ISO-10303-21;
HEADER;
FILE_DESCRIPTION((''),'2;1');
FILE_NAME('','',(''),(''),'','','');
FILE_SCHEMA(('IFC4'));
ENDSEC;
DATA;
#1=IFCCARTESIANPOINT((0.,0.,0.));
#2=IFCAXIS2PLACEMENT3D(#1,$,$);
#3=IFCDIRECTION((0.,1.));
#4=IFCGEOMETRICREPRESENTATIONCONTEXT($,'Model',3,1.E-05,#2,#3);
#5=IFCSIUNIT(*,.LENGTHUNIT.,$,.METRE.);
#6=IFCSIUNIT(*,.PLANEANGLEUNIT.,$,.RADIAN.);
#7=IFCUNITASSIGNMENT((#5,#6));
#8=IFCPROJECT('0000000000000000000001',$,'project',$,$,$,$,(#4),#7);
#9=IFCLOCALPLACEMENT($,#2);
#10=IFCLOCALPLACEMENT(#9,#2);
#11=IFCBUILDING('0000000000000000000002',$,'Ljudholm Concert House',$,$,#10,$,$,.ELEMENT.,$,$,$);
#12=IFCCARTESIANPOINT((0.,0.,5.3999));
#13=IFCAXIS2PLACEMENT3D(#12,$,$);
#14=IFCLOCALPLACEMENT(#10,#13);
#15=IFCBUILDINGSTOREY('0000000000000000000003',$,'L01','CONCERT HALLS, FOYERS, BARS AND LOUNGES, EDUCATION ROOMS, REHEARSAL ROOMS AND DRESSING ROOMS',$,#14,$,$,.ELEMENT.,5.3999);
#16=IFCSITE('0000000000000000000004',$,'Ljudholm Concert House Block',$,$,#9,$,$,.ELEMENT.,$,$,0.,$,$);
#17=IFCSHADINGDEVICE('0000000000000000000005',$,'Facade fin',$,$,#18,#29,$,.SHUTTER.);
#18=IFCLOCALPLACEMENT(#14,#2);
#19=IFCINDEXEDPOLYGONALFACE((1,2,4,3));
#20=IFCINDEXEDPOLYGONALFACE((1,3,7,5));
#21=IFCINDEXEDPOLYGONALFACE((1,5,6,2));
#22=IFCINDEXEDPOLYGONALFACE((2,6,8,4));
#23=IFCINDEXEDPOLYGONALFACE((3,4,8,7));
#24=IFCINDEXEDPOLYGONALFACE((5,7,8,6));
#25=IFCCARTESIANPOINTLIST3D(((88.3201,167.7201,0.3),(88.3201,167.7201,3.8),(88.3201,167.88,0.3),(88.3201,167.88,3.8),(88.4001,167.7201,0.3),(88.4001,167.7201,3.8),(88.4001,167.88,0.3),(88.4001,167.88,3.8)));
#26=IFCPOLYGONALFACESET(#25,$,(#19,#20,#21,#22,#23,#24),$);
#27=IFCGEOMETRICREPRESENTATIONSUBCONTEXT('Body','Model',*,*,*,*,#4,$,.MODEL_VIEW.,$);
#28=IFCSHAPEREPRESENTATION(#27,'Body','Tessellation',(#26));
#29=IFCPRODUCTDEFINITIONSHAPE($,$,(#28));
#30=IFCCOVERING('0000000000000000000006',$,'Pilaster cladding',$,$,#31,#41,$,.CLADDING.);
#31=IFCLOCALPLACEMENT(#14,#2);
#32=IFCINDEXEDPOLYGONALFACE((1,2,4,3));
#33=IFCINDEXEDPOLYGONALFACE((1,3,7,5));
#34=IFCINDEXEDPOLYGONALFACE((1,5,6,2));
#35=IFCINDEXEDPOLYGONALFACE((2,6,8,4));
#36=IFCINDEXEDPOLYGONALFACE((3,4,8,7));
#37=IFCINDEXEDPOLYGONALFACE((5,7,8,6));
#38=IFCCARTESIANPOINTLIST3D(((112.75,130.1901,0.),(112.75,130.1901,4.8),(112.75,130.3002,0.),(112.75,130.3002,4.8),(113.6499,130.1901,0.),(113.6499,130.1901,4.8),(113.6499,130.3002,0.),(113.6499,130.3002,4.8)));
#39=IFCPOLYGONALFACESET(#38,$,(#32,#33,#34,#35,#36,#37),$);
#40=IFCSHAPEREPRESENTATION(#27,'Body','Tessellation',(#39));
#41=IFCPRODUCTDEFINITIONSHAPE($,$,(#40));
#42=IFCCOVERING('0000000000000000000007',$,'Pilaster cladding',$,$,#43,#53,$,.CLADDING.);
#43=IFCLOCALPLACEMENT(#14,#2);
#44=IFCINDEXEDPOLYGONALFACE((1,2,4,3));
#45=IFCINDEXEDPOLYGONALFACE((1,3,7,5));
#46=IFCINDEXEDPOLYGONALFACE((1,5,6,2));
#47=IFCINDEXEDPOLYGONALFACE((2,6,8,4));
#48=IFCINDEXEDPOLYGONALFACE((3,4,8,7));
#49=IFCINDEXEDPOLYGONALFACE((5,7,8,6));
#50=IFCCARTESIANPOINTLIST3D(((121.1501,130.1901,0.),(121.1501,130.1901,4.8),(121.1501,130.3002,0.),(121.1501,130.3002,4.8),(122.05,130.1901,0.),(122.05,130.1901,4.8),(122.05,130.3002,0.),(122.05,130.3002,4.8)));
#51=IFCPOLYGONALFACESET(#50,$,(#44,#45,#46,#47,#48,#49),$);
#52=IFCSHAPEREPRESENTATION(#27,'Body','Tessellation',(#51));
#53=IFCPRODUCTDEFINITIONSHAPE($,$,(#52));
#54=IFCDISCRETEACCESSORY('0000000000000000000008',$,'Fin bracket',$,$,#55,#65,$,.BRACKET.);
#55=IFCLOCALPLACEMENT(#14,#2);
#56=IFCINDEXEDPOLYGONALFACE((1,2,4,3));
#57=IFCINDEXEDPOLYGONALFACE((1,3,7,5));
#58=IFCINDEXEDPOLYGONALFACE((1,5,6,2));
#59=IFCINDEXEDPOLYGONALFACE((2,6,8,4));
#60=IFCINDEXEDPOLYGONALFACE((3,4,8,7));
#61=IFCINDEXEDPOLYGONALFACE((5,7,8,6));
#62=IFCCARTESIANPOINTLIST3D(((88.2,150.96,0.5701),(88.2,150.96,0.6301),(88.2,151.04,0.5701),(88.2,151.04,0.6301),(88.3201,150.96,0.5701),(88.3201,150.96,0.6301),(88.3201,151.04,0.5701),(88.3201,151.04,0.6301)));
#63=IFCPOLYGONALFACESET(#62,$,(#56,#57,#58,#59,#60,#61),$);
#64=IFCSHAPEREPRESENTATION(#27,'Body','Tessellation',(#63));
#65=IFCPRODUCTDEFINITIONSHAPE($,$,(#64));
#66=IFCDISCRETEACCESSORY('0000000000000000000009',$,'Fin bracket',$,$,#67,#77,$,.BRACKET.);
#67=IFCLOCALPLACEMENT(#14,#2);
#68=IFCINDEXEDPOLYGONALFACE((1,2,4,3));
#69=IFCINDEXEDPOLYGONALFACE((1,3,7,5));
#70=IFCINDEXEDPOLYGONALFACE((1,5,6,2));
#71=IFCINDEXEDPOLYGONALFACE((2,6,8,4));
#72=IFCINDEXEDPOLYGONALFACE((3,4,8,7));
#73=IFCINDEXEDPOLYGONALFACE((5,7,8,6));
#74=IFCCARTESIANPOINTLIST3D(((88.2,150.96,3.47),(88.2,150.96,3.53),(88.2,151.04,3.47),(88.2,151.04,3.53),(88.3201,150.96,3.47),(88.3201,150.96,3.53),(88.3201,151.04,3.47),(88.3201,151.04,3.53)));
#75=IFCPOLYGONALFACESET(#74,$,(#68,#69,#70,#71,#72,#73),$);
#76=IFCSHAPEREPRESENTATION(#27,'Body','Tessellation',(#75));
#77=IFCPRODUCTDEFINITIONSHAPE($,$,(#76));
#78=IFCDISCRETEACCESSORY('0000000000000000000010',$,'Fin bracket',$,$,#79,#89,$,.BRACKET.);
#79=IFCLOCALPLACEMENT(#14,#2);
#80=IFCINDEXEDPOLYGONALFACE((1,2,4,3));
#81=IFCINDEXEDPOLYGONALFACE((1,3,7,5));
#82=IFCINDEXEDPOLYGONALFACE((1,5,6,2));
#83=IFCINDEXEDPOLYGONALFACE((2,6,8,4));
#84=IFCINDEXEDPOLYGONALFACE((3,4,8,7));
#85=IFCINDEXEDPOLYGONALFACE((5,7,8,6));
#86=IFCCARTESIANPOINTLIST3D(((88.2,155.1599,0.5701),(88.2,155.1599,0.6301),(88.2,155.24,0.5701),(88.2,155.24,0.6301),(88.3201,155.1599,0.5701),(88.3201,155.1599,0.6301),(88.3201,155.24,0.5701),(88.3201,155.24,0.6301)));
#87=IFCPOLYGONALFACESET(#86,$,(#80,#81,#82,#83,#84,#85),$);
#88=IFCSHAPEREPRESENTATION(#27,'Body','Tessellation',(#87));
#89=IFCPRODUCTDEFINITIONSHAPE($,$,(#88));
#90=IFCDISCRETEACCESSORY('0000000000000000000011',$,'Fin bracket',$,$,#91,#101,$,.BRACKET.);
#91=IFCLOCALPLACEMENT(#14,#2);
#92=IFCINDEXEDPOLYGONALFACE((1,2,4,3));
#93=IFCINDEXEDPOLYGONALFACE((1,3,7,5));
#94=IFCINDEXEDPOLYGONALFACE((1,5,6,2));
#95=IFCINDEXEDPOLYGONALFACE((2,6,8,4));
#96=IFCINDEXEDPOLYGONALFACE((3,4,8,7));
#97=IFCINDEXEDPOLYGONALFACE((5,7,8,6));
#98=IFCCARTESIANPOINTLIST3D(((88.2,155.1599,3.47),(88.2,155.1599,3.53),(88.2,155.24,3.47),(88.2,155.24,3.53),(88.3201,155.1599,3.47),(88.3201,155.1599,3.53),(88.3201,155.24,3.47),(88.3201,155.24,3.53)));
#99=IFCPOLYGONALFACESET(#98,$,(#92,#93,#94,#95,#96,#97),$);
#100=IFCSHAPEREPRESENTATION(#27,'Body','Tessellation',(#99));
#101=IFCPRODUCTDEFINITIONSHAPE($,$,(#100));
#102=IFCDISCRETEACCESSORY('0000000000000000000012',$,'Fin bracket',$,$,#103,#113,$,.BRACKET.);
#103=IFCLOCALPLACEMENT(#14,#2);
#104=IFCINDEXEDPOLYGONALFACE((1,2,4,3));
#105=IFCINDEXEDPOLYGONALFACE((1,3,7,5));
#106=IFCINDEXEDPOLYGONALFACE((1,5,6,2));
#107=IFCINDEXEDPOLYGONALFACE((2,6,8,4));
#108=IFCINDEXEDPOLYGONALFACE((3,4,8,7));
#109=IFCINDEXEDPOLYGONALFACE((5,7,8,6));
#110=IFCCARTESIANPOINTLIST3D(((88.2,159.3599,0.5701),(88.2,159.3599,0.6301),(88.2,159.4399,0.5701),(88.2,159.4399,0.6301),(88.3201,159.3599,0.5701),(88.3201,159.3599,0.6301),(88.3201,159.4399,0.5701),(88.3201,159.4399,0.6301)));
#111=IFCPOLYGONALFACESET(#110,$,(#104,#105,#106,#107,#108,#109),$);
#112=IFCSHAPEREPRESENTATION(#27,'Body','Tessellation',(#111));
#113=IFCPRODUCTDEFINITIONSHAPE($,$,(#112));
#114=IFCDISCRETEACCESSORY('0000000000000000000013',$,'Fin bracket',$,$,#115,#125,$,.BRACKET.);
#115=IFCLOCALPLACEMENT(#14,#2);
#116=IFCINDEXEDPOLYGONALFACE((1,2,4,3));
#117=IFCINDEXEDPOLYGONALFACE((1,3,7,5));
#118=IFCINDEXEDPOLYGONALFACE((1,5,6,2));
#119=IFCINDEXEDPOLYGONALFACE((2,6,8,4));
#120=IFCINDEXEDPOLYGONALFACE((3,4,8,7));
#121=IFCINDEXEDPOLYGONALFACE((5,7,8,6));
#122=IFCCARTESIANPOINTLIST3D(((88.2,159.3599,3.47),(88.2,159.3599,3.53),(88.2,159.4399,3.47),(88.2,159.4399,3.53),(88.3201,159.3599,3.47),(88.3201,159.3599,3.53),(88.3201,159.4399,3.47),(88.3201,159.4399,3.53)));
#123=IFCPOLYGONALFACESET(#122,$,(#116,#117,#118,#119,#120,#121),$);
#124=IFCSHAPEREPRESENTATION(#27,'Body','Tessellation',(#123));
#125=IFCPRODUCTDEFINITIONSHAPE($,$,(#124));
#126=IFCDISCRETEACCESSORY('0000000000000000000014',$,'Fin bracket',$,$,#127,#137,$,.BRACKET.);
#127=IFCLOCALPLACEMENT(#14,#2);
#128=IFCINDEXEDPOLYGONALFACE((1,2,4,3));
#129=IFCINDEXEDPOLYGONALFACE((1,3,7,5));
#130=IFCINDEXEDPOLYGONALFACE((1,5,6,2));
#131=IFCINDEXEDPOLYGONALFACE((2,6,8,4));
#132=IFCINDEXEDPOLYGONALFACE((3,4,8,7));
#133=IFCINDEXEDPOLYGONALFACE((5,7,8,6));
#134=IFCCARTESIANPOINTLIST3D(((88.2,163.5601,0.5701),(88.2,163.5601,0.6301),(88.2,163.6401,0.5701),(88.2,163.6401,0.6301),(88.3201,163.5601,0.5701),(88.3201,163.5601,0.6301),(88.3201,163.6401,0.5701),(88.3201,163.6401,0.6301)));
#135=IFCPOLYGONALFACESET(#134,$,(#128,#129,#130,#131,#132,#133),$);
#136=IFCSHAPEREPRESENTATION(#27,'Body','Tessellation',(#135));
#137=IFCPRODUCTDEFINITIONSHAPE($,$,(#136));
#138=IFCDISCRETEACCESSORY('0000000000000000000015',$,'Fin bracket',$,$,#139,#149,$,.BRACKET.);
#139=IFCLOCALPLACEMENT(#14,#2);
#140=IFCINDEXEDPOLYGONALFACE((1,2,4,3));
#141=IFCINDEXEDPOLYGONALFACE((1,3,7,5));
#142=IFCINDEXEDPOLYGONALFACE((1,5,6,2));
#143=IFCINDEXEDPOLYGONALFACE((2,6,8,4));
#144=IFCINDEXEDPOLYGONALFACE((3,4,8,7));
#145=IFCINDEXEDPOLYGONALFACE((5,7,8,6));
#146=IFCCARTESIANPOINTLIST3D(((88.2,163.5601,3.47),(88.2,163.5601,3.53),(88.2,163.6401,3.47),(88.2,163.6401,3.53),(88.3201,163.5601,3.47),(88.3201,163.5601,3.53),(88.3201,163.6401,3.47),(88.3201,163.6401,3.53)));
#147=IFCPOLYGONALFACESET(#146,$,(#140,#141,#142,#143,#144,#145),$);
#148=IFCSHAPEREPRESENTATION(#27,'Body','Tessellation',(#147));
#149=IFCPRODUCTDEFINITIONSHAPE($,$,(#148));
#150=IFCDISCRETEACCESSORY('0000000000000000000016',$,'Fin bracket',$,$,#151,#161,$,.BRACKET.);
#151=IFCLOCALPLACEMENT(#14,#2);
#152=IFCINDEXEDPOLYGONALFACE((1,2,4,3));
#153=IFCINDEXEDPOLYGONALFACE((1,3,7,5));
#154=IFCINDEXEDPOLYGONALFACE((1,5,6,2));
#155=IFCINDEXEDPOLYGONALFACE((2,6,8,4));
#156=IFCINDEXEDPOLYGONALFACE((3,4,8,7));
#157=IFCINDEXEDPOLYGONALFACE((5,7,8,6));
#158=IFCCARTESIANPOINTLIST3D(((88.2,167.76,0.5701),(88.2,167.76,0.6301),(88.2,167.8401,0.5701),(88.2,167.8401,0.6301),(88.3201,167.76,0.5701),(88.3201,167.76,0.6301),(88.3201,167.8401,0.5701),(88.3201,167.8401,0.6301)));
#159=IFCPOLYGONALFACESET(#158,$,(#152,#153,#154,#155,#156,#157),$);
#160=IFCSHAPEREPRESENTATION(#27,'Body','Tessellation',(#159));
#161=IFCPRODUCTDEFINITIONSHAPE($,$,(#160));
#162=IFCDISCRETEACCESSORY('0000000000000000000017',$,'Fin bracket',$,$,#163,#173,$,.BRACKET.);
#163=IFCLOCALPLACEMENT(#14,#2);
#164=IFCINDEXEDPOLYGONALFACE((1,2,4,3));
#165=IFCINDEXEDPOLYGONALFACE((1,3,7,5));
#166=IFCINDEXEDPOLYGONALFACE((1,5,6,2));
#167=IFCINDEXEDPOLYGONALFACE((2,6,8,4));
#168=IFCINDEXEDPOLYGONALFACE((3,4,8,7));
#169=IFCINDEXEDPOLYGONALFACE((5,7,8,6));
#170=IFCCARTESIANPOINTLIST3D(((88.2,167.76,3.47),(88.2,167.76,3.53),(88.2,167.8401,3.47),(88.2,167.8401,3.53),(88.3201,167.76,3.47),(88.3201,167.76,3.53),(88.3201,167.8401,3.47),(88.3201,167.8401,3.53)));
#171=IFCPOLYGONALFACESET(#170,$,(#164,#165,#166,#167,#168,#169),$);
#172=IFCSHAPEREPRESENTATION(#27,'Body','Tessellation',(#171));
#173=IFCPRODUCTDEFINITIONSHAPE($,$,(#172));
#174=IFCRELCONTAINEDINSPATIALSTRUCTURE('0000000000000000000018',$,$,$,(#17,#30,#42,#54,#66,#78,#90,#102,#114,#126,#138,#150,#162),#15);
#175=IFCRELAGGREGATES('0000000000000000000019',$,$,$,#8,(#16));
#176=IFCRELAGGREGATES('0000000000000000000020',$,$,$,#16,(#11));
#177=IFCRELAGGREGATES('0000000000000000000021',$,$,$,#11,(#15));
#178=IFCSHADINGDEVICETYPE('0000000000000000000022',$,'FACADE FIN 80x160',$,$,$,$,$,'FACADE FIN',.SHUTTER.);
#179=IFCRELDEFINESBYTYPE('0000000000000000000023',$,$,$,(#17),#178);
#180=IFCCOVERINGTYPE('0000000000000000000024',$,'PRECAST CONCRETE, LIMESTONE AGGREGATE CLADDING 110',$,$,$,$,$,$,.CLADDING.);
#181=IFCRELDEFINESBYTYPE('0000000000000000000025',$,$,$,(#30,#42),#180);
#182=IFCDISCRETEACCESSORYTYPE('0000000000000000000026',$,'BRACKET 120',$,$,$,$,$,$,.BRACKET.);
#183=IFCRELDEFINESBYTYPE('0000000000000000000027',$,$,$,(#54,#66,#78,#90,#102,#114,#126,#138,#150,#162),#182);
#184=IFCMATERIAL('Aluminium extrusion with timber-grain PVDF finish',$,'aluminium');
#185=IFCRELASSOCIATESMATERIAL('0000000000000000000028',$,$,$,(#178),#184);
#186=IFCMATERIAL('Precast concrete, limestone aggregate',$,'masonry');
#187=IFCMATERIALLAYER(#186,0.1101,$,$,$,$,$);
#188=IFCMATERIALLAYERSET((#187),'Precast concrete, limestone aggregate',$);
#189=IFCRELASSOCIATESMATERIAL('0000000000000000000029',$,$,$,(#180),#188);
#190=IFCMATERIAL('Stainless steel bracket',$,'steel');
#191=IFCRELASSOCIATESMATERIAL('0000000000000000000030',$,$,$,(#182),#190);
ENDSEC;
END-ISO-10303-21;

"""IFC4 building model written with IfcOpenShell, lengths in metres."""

from ifc_helpers import new_model, si_unit, direction, frame, origin, origin_2d, place, context, subcontext, project, spatial, rectangle, extrude, material, layer, layer_set, type_object, element, save


model = new_model("IFC4")

# Units and contexts
model_context = context("Model", 3, precision=1e-05, world=origin(), true_north=direction((0.0, 1.0)))
body_context = subcontext(model_context, "Body", "Model", "MODEL_VIEW")
ifc_project = project(units=[si_unit("LENGTHUNIT", "METRE"), si_unit("PLANEANGLEUNIT", "RADIAN")], contexts=[model_context])

# Site, building, storey
site_placement = place(None, origin())
site = spatial("IfcSite", under=ifc_project, at=site_placement, Name="Ljudholm Concert House Block", CompositionType="ELEMENT", RefElevation=0.0)
building_placement = place(site_placement, origin())
building = spatial("IfcBuilding", under=site, at=building_placement, Name="Ljudholm Concert House", CompositionType="ELEMENT")
storey_placement = place(building_placement, frame((0.0, 0.0, 5.3999)))
storey = spatial("IfcBuildingStorey", under=building, at=storey_placement, Name="L01", Description="CONCERT HALLS, FOYERS, BARS AND LOUNGES, EDUCATION ROOMS, REHEARSAL ROOMS AND DRESSING ROOMS", CompositionType="ELEMENT", Elevation=5.3999)

# Shading device
ifc_material_1 = material(Name="Aluminium extrusion with timber-grain PVDF finish", Category="aluminium")
shading_device_type_1 = type_object("IfcShadingDeviceType", Name="FACADE FIN 80x160", ElementType="FACADE FIN", PredefinedType="SHUTTER", material=ifc_material_1)
for number, where, z_axis, x_axis, name in (
    (1, (88.3601, 167.8, 0.3), (0.0, 0.0, 1.0), (1.0, 0.0, 0.0), "Facade fin"),
):
    element("IfcShadingDevice", number, at=place(storey_placement, frame(where, z_axis=z_axis, x_axis=x_axis)), inside=storey, type_object=shading_device_type_1, Name=name, PredefinedType="SHUTTER", context=body_context, shape_type="SweptSolid", body=[
        extrude(rectangle(XDim=0.0801, YDim=0.1599, at=origin_2d()), origin(), (0.0, 0.0, 1.0), 3.5),
    ])

# Coverings
ifc_material_2 = material(Name="Precast concrete, limestone aggregate", Category="masonry")
ifc_layer_1 = layer(ifc_material_2, 0.1101)
ifc_layer_set_1 = layer_set([ifc_layer_1], Name="Precast concrete, limestone aggregate")
covering_type = type_object("IfcCoveringType", Name="PRECAST CONCRETE, LIMESTONE AGGREGATE CLADDING 110", PredefinedType="CLADDING", material=ifc_layer_set_1)
for number, where, z_axis, x_axis, name in (
    (2, (113.2, 130.2451, 0.0), (0.0, 0.0, 1.0), (0.0, 1.0, 0.0), "Pilaster cladding"),
    (3, (121.6001, 130.2451, 0.0), (0.0, 0.0, 1.0), (0.0, 1.0, 0.0), "Pilaster cladding"),
):
    element("IfcCovering", number, at=place(storey_placement, frame(where, z_axis=z_axis, x_axis=x_axis)), inside=storey, type_object=covering_type, Name=name, PredefinedType="CLADDING", context=body_context, shape_type="SweptSolid", body=[
        extrude(rectangle(XDim=0.1101, YDim=0.8999, at=origin_2d()), origin(), (0.0, 0.0, 1.0), 4.8),
    ])

# Discrete accessories
ifc_material_3 = material(Name="Stainless steel bracket", Category="steel")
discrete_accessory_type = type_object("IfcDiscreteAccessoryType", Name="BRACKET 120", PredefinedType="BRACKET", material=ifc_material_3)
for number, where, z_axis, x_axis, name in (
    (4, (88.26, 151.0, 0.5701), (0.0, 0.0, 1.0), (1.0, 0.0, 0.0), "Fin bracket"),
    (5, (88.26, 151.0, 3.47), (0.0, 0.0, 1.0), (1.0, 0.0, 0.0), "Fin bracket"),
    (6, (88.26, 155.2, 0.5701), (0.0, 0.0, 1.0), (1.0, 0.0, 0.0), "Fin bracket"),
    (7, (88.26, 155.2, 3.47), (0.0, 0.0, 1.0), (1.0, 0.0, 0.0), "Fin bracket"),
    (8, (88.26, 159.3999, 0.5701), (0.0, 0.0, 1.0), (1.0, 0.0, 0.0), "Fin bracket"),
    (9, (88.26, 159.3999, 3.47), (0.0, 0.0, 1.0), (1.0, 0.0, 0.0), "Fin bracket"),
    (10, (88.26, 163.6001, 0.5701), (0.0, 0.0, 1.0), (1.0, 0.0, 0.0), "Fin bracket"),
    (11, (88.26, 163.6001, 3.47), (0.0, 0.0, 1.0), (1.0, 0.0, 0.0), "Fin bracket"),
    (12, (88.26, 167.8, 0.5701), (0.0, 0.0, 1.0), (1.0, 0.0, 0.0), "Fin bracket"),
    (13, (88.26, 167.8, 3.47), (0.0, 0.0, 1.0), (1.0, 0.0, 0.0), "Fin bracket"),
):
    element("IfcDiscreteAccessory", number, at=place(storey_placement, frame(where, z_axis=z_axis, x_axis=x_axis)), inside=storey, type_object=discrete_accessory_type, Name=name, PredefinedType="BRACKET", context=body_context, shape_type="SweptSolid", body=[
        extrude(rectangle(XDim=0.1201, YDim=0.0801, at=origin_2d()), origin(), (0.0, 0.0, 1.0), 0.0601),
    ])

save(model, "model.ifc")
